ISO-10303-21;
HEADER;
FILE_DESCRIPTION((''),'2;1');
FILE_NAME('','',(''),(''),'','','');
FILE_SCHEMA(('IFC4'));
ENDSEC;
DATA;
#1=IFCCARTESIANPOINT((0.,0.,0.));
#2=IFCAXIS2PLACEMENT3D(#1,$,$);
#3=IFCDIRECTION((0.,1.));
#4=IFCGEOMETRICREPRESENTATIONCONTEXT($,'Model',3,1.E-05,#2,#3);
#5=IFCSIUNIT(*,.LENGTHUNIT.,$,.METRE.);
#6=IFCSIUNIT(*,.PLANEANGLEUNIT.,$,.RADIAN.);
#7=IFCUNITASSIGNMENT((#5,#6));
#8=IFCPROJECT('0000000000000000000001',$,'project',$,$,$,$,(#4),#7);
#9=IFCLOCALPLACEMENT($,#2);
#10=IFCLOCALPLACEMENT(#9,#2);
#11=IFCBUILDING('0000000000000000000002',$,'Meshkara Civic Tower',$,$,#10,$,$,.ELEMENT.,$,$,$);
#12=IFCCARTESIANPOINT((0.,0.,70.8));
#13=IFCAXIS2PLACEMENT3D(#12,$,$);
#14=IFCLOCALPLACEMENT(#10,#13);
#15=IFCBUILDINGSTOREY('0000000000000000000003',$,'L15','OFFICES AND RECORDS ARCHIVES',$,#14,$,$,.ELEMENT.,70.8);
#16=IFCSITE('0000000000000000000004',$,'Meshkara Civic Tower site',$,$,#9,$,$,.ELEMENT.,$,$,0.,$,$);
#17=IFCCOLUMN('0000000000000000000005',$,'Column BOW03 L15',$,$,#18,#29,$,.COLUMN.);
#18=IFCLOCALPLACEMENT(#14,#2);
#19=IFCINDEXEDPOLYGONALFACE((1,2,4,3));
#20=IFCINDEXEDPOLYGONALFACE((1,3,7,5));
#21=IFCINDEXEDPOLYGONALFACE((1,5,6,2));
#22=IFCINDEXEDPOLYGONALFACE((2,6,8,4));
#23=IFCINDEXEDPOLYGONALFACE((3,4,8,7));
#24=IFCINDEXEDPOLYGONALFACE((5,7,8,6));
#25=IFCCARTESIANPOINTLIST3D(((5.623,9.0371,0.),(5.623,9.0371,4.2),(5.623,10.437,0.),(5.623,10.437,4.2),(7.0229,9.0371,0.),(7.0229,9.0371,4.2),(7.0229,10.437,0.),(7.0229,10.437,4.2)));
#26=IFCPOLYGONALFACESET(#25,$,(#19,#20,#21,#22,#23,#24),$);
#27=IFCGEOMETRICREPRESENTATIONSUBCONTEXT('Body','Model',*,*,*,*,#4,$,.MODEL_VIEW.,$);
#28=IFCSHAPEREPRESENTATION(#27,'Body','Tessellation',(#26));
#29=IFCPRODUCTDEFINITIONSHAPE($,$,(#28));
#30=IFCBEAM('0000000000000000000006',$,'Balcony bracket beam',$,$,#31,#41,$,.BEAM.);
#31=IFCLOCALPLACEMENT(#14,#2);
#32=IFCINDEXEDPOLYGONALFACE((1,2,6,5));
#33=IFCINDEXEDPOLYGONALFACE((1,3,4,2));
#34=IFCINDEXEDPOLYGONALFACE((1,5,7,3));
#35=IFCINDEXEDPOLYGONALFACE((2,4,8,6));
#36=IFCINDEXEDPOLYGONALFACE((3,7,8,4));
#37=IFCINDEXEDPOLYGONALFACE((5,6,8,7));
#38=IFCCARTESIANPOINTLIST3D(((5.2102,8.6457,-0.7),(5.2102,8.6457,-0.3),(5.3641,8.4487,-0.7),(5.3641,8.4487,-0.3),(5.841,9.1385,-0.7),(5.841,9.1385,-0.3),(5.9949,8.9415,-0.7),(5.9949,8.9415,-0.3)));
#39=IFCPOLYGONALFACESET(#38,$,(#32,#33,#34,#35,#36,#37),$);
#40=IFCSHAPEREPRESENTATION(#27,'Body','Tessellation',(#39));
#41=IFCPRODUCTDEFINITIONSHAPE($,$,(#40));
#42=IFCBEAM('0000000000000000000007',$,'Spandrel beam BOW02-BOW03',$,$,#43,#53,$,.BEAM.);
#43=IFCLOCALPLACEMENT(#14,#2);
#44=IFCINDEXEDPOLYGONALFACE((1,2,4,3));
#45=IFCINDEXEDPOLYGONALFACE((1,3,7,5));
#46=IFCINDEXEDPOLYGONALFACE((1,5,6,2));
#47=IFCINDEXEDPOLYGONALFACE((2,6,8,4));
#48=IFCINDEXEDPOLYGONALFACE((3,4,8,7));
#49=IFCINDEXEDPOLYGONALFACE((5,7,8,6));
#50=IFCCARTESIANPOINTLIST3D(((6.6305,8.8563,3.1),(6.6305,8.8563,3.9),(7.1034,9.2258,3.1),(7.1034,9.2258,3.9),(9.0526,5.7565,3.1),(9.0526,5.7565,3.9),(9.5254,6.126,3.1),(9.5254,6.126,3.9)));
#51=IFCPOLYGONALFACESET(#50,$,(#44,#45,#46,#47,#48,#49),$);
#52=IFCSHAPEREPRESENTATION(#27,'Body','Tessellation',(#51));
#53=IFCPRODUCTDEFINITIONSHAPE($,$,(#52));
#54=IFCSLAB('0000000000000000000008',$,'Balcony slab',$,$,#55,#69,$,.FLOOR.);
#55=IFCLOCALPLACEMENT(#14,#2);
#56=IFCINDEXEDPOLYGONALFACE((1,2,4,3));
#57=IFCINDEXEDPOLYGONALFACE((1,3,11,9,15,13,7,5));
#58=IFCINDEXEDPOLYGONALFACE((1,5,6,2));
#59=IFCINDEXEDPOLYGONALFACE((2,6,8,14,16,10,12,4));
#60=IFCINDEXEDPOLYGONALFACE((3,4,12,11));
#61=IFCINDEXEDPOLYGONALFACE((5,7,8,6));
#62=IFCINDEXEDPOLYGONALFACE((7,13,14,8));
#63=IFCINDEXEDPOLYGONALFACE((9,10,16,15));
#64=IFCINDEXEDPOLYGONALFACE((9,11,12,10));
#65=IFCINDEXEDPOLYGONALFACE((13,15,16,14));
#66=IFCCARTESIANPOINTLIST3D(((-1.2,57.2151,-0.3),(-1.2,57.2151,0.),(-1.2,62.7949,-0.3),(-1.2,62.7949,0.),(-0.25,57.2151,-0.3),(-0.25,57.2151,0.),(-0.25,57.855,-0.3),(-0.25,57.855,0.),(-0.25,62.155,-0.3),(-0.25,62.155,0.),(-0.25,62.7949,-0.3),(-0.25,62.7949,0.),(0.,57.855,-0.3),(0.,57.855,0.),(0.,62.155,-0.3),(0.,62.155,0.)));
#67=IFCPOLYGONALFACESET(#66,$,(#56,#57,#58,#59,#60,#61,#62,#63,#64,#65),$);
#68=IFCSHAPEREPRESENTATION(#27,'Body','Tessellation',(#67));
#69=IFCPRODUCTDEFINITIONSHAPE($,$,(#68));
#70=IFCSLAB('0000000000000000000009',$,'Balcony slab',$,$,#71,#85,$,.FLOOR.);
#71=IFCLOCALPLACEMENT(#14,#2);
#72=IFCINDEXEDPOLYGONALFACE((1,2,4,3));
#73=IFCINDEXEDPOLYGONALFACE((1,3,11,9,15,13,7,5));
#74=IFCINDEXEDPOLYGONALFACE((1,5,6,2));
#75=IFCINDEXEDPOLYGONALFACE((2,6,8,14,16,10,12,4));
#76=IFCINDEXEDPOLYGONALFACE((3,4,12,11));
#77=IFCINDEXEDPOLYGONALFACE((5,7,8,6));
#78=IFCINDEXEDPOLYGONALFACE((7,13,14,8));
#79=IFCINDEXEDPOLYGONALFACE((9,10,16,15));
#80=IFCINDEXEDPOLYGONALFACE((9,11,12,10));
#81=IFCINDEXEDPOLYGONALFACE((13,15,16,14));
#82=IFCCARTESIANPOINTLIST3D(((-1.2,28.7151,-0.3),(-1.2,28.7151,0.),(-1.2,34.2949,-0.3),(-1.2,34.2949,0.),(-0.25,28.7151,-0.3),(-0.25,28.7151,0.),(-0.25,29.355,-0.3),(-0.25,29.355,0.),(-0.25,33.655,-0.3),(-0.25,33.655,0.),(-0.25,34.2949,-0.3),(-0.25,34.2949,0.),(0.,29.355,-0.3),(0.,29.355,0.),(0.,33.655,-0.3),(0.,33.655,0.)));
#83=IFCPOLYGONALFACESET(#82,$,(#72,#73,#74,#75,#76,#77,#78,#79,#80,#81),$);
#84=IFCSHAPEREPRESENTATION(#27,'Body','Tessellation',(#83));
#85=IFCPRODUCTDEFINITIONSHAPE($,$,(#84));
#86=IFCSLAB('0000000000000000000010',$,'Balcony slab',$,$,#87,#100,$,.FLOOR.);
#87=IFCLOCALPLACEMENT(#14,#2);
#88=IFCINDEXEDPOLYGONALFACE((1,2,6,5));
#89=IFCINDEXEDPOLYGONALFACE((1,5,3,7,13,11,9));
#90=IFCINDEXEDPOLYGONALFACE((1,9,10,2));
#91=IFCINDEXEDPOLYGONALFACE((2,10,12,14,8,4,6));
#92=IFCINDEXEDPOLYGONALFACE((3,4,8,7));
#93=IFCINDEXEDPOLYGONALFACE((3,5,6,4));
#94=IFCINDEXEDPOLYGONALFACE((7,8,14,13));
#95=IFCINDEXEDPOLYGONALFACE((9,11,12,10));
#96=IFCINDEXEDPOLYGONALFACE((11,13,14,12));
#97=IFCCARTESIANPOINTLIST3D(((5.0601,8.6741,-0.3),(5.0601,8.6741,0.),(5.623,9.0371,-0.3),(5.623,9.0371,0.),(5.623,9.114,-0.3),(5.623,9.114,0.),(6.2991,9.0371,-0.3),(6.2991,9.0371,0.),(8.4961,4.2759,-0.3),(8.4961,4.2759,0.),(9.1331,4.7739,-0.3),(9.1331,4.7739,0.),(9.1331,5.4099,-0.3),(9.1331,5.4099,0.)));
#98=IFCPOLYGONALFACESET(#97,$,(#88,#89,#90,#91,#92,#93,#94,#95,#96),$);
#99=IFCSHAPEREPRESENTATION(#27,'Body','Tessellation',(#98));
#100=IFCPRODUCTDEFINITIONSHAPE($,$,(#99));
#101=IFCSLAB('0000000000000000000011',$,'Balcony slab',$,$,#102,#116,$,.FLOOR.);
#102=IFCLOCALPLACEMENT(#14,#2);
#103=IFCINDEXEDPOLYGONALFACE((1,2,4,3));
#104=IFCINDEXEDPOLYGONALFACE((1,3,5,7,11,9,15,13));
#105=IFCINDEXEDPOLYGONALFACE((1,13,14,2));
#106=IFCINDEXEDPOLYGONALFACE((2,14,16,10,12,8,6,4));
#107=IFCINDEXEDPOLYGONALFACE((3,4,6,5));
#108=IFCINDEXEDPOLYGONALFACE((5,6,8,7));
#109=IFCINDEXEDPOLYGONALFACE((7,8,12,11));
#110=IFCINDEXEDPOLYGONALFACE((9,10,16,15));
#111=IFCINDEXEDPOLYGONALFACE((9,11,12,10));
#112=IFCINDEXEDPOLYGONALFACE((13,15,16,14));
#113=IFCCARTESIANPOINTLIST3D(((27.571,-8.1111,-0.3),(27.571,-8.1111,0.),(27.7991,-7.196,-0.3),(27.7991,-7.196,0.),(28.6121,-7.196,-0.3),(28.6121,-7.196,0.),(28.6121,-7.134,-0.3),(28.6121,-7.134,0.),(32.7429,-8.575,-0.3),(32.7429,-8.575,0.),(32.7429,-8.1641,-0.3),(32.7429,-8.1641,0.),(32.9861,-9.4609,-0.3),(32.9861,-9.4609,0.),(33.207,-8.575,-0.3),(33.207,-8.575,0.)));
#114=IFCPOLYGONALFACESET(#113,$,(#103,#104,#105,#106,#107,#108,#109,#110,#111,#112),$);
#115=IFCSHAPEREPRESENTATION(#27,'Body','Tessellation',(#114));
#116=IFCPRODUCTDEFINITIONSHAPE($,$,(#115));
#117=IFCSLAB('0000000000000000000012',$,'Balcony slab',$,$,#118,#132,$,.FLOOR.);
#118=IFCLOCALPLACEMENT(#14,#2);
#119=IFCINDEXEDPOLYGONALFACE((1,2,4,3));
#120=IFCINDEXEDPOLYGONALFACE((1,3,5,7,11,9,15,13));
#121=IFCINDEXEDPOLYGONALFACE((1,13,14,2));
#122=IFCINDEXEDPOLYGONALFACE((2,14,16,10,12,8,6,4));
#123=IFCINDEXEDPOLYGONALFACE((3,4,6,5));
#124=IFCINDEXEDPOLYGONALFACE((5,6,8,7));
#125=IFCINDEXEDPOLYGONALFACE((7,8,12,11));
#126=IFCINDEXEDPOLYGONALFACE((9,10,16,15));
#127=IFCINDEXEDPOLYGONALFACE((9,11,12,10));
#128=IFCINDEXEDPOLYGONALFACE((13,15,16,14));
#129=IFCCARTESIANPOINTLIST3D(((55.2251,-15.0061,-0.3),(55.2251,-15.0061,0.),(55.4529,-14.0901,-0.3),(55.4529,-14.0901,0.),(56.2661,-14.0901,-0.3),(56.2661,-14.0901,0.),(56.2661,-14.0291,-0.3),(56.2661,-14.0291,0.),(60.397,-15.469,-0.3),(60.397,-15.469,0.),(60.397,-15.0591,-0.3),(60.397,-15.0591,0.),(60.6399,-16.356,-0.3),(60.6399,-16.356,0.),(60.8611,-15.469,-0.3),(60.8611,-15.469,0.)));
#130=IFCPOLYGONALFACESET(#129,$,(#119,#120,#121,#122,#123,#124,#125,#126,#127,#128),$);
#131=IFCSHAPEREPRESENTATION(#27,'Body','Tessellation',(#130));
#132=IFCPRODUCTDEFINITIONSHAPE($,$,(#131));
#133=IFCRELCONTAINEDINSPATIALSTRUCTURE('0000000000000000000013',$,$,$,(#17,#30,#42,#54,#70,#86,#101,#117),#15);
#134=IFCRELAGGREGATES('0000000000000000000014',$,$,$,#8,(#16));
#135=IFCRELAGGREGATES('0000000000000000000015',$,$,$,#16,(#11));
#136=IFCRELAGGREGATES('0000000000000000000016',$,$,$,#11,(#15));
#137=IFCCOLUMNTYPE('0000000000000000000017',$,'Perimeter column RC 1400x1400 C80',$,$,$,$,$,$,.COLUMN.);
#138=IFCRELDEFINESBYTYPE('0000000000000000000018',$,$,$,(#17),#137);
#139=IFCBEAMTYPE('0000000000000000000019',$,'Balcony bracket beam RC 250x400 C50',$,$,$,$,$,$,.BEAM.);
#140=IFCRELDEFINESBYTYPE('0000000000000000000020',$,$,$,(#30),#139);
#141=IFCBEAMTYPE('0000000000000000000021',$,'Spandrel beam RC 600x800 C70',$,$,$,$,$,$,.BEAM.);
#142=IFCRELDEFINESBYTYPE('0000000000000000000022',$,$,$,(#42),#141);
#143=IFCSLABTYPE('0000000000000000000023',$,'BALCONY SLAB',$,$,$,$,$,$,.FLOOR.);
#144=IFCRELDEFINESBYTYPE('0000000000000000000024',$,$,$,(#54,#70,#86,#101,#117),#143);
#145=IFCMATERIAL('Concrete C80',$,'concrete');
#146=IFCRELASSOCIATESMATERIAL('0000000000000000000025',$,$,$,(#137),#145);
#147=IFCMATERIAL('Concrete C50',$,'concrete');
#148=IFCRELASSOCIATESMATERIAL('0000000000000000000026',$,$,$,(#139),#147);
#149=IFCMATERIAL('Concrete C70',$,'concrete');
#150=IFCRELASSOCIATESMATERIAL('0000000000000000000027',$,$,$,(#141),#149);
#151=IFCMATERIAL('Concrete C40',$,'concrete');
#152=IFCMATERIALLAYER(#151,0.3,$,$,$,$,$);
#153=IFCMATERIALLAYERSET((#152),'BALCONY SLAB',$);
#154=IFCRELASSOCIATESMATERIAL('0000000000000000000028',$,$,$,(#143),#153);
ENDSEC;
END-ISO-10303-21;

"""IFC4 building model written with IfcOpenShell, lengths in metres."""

from ifc_helpers import new_model, si_unit, direction, frame, origin, origin_2d, place, context, subcontext, project, spatial, polyline, rectangle, outline, extrude, material, layer, layer_set, material_profile, profile_set, type_object, element, save


model = new_model("IFC4")

# Units and contexts
model_context = context("Model", 3, precision=1e-05, world=origin(), true_north=direction((0.0, 1.0)))
body_context = subcontext(model_context, "Body", "Model", "MODEL_VIEW")
ifc_project = project(units=[si_unit("LENGTHUNIT", "METRE"), si_unit("PLANEANGLEUNIT", "RADIAN")], contexts=[model_context])

# Site, building, storey
site_placement = place(None, origin())
site = spatial("IfcSite", under=ifc_project, at=site_placement, Name="Meshkara Civic Tower site", CompositionType="ELEMENT", RefElevation=0.0)
building_placement = place(site_placement, origin())
building = spatial("IfcBuilding", under=site, at=building_placement, Name="Meshkara Civic Tower", CompositionType="ELEMENT")
storey_placement = place(building_placement, frame((0.0, 0.0, 70.8)))
storey = spatial("IfcBuildingStorey", under=building, at=storey_placement, Name="L15", Description="OFFICES AND RECORDS ARCHIVES", CompositionType="ELEMENT", Elevation=70.8)

# Column
ifc_material_1 = material(Name="Concrete C80", Category="concrete")
ifc_material_profile_1 = material_profile(ifc_material_1, rectangle(XDim=1.3999, YDim=1.3999, at=origin_2d()))
ifc_profile_set_1 = profile_set([ifc_material_profile_1], Name="Concrete C80")
column_type = type_object("IfcColumnType", Name="Perimeter column RC 1400x1400 C80", PredefinedType="COLUMN", material=ifc_profile_set_1)
column_placement = place(storey_placement, frame((6.323, 9.7371, 0.0), z_axis=(0.0, 0.0, 1.0), x_axis=(1.0, 0.0, 0.0)))
element("IfcColumn", 1, at=column_placement, inside=storey, type_object=column_type, Name="Column BOW03 L15", PredefinedType="COLUMN", context=body_context, shape_type="SweptSolid", body=[
    extrude(rectangle(XDim=1.3999, YDim=1.3999, at=origin_2d()), origin(), (0.0, 0.0, 1.0), 4.2),
])

# Beams
ifc_material_2 = material(Name="Concrete C50", Category="concrete")
ifc_material_profile_2 = material_profile(ifc_material_2, rectangle(XDim=0.25, YDim=0.3999, at=origin_2d()))
ifc_profile_set_2 = profile_set([ifc_material_profile_2], Name="Concrete C50")
beam_type_1 = type_object("IfcBeamType", Name="Balcony bracket beam RC 250x400 C50", PredefinedType="BEAM", material=ifc_profile_set_2)
beam_1_placement = place(storey_placement, frame((5.918, 9.04, -0.5), z_axis=(-0.787987, -0.615691, 0.0), x_axis=(0.615691, -0.787987, 0.0)))
element("IfcBeam", 2, at=beam_1_placement, inside=storey, type_object=beam_type_1, Name="Balcony bracket beam", PredefinedType="BEAM", context=body_context, shape_type="SweptSolid", body=[
    extrude(rectangle(XDim=0.25, YDim=0.3999, at=origin_2d()), origin(), (0.0, 0.0, 1.0), 0.8005),
])
ifc_material_3 = material(Name="Concrete C70", Category="concrete")
ifc_material_profile_3 = material_profile(ifc_material_3, rectangle(XDim=0.6001, YDim=0.8, at=origin_2d()))
ifc_profile_set_3 = profile_set([ifc_material_profile_3], Name="Concrete C70")
beam_type_2 = type_object("IfcBeamType", Name="Spandrel beam RC 600x800 C70", PredefinedType="BEAM", material=ifc_profile_set_3)
beam_2_placement = place(storey_placement, frame((6.8669, 9.041, 3.5), z_axis=(0.615701, -0.78798, 0.0), x_axis=(0.78798, 0.615701, 0.0)))
element("IfcBeam", 3, at=beam_2_placement, inside=storey, type_object=beam_type_2, Name="Spandrel beam BOW02-BOW03", PredefinedType="BEAM", context=body_context, shape_type="SweptSolid", body=[
    extrude(rectangle(XDim=0.6001, YDim=0.8, at=origin_2d()), origin(), (0.0, 0.0, 1.0), 3.9338),
])

# Slabs
ifc_material_4 = material(Name="Concrete C40", Category="concrete")
ifc_layer_1 = layer(ifc_material_4, 0.3)
ifc_layer_set_1 = layer_set([ifc_layer_1], Name="BALCONY SLAB")
slab_type_1 = type_object("IfcSlabType", Name="BALCONY SLAB", PredefinedType="FLOOR", material=ifc_layer_set_1)
slab_1_placement = place(storey_placement, frame((0.0, 0.0, -0.3)))
element("IfcSlab", 4, at=slab_1_placement, inside=storey, type_object=slab_type_1, Name="Balcony slab", PredefinedType="FLOOR", context=body_context, shape_type="SweptSolid", body=[
    extrude(outline(polyline([(-1.2, 57.2151), (-1.2, 62.7949), (-0.25, 62.7949), (-0.25, 62.155), (0.0, 62.155), (0.0, 57.855), (-0.25, 57.855), (-0.25, 57.2151), (-1.2, 57.2151)])), origin(), (0.0, 0.0, 1.0), 0.3),
])
slab_2_placement = place(storey_placement, frame((0.0, 0.0, -0.3)))
element("IfcSlab", 5, at=slab_2_placement, inside=storey, type_object=slab_type_1, Name="Balcony slab", PredefinedType="FLOOR", context=body_context, shape_type="SweptSolid", body=[
    extrude(outline(polyline([(-1.2, 28.7151), (-1.2, 34.2949), (-0.25, 34.2949), (-0.25, 33.655), (0.0, 33.655), (0.0, 29.355), (-0.25, 29.355), (-0.25, 28.7151), (-1.2, 28.7151)])), origin(), (0.0, 0.0, 1.0), 0.3),
])
slab_3_placement = place(storey_placement, frame((0.0, 0.0, -0.3)))
element("IfcSlab", 6, at=slab_3_placement, inside=storey, type_object=slab_type_1, Name="Balcony slab", PredefinedType="FLOOR", context=body_context, shape_type="SweptSolid", body=[
    extrude(outline(polyline([(8.4961, 4.2759), (5.0601, 8.6741), (5.623, 9.114), (5.623, 9.0371), (6.2991, 9.0371), (9.1331, 5.4099), (9.1331, 4.7739), (8.4961, 4.2759)])), origin(), (0.0, 0.0, 1.0), 0.3),
])
slab_4_placement = place(storey_placement, frame((0.0, 0.0, -0.3)))
element("IfcSlab", 7, at=slab_4_placement, inside=storey, type_object=slab_type_1, Name="Balcony slab", PredefinedType="FLOOR", context=body_context, shape_type="SweptSolid", body=[
    extrude(outline(polyline([(32.9861, -9.4609), (27.571, -8.1111), (27.7991, -7.196), (28.6121, -7.196), (28.6121, -7.134), (32.7429, -8.1641), (32.7429, -8.575), (33.207, -8.575), (32.9861, -9.4609)])), origin(), (0.0, 0.0, 1.0), 0.3),
])
slab_5_placement = place(storey_placement, frame((0.0, 0.0, -0.3)))
element("IfcSlab", 8, at=slab_5_placement, inside=storey, type_object=slab_type_1, Name="Balcony slab", PredefinedType="FLOOR", context=body_context, shape_type="SweptSolid", body=[
    extrude(outline(polyline([(60.6399, -16.356), (55.2251, -15.0061), (55.4529, -14.0901), (56.2661, -14.0901), (56.2661, -14.0291), (60.397, -15.0591), (60.397, -15.469), (60.8611, -15.469), (60.6399, -16.356)])), origin(), (0.0, 0.0, 1.0), 0.3),
])

save(model, "model.ifc")
